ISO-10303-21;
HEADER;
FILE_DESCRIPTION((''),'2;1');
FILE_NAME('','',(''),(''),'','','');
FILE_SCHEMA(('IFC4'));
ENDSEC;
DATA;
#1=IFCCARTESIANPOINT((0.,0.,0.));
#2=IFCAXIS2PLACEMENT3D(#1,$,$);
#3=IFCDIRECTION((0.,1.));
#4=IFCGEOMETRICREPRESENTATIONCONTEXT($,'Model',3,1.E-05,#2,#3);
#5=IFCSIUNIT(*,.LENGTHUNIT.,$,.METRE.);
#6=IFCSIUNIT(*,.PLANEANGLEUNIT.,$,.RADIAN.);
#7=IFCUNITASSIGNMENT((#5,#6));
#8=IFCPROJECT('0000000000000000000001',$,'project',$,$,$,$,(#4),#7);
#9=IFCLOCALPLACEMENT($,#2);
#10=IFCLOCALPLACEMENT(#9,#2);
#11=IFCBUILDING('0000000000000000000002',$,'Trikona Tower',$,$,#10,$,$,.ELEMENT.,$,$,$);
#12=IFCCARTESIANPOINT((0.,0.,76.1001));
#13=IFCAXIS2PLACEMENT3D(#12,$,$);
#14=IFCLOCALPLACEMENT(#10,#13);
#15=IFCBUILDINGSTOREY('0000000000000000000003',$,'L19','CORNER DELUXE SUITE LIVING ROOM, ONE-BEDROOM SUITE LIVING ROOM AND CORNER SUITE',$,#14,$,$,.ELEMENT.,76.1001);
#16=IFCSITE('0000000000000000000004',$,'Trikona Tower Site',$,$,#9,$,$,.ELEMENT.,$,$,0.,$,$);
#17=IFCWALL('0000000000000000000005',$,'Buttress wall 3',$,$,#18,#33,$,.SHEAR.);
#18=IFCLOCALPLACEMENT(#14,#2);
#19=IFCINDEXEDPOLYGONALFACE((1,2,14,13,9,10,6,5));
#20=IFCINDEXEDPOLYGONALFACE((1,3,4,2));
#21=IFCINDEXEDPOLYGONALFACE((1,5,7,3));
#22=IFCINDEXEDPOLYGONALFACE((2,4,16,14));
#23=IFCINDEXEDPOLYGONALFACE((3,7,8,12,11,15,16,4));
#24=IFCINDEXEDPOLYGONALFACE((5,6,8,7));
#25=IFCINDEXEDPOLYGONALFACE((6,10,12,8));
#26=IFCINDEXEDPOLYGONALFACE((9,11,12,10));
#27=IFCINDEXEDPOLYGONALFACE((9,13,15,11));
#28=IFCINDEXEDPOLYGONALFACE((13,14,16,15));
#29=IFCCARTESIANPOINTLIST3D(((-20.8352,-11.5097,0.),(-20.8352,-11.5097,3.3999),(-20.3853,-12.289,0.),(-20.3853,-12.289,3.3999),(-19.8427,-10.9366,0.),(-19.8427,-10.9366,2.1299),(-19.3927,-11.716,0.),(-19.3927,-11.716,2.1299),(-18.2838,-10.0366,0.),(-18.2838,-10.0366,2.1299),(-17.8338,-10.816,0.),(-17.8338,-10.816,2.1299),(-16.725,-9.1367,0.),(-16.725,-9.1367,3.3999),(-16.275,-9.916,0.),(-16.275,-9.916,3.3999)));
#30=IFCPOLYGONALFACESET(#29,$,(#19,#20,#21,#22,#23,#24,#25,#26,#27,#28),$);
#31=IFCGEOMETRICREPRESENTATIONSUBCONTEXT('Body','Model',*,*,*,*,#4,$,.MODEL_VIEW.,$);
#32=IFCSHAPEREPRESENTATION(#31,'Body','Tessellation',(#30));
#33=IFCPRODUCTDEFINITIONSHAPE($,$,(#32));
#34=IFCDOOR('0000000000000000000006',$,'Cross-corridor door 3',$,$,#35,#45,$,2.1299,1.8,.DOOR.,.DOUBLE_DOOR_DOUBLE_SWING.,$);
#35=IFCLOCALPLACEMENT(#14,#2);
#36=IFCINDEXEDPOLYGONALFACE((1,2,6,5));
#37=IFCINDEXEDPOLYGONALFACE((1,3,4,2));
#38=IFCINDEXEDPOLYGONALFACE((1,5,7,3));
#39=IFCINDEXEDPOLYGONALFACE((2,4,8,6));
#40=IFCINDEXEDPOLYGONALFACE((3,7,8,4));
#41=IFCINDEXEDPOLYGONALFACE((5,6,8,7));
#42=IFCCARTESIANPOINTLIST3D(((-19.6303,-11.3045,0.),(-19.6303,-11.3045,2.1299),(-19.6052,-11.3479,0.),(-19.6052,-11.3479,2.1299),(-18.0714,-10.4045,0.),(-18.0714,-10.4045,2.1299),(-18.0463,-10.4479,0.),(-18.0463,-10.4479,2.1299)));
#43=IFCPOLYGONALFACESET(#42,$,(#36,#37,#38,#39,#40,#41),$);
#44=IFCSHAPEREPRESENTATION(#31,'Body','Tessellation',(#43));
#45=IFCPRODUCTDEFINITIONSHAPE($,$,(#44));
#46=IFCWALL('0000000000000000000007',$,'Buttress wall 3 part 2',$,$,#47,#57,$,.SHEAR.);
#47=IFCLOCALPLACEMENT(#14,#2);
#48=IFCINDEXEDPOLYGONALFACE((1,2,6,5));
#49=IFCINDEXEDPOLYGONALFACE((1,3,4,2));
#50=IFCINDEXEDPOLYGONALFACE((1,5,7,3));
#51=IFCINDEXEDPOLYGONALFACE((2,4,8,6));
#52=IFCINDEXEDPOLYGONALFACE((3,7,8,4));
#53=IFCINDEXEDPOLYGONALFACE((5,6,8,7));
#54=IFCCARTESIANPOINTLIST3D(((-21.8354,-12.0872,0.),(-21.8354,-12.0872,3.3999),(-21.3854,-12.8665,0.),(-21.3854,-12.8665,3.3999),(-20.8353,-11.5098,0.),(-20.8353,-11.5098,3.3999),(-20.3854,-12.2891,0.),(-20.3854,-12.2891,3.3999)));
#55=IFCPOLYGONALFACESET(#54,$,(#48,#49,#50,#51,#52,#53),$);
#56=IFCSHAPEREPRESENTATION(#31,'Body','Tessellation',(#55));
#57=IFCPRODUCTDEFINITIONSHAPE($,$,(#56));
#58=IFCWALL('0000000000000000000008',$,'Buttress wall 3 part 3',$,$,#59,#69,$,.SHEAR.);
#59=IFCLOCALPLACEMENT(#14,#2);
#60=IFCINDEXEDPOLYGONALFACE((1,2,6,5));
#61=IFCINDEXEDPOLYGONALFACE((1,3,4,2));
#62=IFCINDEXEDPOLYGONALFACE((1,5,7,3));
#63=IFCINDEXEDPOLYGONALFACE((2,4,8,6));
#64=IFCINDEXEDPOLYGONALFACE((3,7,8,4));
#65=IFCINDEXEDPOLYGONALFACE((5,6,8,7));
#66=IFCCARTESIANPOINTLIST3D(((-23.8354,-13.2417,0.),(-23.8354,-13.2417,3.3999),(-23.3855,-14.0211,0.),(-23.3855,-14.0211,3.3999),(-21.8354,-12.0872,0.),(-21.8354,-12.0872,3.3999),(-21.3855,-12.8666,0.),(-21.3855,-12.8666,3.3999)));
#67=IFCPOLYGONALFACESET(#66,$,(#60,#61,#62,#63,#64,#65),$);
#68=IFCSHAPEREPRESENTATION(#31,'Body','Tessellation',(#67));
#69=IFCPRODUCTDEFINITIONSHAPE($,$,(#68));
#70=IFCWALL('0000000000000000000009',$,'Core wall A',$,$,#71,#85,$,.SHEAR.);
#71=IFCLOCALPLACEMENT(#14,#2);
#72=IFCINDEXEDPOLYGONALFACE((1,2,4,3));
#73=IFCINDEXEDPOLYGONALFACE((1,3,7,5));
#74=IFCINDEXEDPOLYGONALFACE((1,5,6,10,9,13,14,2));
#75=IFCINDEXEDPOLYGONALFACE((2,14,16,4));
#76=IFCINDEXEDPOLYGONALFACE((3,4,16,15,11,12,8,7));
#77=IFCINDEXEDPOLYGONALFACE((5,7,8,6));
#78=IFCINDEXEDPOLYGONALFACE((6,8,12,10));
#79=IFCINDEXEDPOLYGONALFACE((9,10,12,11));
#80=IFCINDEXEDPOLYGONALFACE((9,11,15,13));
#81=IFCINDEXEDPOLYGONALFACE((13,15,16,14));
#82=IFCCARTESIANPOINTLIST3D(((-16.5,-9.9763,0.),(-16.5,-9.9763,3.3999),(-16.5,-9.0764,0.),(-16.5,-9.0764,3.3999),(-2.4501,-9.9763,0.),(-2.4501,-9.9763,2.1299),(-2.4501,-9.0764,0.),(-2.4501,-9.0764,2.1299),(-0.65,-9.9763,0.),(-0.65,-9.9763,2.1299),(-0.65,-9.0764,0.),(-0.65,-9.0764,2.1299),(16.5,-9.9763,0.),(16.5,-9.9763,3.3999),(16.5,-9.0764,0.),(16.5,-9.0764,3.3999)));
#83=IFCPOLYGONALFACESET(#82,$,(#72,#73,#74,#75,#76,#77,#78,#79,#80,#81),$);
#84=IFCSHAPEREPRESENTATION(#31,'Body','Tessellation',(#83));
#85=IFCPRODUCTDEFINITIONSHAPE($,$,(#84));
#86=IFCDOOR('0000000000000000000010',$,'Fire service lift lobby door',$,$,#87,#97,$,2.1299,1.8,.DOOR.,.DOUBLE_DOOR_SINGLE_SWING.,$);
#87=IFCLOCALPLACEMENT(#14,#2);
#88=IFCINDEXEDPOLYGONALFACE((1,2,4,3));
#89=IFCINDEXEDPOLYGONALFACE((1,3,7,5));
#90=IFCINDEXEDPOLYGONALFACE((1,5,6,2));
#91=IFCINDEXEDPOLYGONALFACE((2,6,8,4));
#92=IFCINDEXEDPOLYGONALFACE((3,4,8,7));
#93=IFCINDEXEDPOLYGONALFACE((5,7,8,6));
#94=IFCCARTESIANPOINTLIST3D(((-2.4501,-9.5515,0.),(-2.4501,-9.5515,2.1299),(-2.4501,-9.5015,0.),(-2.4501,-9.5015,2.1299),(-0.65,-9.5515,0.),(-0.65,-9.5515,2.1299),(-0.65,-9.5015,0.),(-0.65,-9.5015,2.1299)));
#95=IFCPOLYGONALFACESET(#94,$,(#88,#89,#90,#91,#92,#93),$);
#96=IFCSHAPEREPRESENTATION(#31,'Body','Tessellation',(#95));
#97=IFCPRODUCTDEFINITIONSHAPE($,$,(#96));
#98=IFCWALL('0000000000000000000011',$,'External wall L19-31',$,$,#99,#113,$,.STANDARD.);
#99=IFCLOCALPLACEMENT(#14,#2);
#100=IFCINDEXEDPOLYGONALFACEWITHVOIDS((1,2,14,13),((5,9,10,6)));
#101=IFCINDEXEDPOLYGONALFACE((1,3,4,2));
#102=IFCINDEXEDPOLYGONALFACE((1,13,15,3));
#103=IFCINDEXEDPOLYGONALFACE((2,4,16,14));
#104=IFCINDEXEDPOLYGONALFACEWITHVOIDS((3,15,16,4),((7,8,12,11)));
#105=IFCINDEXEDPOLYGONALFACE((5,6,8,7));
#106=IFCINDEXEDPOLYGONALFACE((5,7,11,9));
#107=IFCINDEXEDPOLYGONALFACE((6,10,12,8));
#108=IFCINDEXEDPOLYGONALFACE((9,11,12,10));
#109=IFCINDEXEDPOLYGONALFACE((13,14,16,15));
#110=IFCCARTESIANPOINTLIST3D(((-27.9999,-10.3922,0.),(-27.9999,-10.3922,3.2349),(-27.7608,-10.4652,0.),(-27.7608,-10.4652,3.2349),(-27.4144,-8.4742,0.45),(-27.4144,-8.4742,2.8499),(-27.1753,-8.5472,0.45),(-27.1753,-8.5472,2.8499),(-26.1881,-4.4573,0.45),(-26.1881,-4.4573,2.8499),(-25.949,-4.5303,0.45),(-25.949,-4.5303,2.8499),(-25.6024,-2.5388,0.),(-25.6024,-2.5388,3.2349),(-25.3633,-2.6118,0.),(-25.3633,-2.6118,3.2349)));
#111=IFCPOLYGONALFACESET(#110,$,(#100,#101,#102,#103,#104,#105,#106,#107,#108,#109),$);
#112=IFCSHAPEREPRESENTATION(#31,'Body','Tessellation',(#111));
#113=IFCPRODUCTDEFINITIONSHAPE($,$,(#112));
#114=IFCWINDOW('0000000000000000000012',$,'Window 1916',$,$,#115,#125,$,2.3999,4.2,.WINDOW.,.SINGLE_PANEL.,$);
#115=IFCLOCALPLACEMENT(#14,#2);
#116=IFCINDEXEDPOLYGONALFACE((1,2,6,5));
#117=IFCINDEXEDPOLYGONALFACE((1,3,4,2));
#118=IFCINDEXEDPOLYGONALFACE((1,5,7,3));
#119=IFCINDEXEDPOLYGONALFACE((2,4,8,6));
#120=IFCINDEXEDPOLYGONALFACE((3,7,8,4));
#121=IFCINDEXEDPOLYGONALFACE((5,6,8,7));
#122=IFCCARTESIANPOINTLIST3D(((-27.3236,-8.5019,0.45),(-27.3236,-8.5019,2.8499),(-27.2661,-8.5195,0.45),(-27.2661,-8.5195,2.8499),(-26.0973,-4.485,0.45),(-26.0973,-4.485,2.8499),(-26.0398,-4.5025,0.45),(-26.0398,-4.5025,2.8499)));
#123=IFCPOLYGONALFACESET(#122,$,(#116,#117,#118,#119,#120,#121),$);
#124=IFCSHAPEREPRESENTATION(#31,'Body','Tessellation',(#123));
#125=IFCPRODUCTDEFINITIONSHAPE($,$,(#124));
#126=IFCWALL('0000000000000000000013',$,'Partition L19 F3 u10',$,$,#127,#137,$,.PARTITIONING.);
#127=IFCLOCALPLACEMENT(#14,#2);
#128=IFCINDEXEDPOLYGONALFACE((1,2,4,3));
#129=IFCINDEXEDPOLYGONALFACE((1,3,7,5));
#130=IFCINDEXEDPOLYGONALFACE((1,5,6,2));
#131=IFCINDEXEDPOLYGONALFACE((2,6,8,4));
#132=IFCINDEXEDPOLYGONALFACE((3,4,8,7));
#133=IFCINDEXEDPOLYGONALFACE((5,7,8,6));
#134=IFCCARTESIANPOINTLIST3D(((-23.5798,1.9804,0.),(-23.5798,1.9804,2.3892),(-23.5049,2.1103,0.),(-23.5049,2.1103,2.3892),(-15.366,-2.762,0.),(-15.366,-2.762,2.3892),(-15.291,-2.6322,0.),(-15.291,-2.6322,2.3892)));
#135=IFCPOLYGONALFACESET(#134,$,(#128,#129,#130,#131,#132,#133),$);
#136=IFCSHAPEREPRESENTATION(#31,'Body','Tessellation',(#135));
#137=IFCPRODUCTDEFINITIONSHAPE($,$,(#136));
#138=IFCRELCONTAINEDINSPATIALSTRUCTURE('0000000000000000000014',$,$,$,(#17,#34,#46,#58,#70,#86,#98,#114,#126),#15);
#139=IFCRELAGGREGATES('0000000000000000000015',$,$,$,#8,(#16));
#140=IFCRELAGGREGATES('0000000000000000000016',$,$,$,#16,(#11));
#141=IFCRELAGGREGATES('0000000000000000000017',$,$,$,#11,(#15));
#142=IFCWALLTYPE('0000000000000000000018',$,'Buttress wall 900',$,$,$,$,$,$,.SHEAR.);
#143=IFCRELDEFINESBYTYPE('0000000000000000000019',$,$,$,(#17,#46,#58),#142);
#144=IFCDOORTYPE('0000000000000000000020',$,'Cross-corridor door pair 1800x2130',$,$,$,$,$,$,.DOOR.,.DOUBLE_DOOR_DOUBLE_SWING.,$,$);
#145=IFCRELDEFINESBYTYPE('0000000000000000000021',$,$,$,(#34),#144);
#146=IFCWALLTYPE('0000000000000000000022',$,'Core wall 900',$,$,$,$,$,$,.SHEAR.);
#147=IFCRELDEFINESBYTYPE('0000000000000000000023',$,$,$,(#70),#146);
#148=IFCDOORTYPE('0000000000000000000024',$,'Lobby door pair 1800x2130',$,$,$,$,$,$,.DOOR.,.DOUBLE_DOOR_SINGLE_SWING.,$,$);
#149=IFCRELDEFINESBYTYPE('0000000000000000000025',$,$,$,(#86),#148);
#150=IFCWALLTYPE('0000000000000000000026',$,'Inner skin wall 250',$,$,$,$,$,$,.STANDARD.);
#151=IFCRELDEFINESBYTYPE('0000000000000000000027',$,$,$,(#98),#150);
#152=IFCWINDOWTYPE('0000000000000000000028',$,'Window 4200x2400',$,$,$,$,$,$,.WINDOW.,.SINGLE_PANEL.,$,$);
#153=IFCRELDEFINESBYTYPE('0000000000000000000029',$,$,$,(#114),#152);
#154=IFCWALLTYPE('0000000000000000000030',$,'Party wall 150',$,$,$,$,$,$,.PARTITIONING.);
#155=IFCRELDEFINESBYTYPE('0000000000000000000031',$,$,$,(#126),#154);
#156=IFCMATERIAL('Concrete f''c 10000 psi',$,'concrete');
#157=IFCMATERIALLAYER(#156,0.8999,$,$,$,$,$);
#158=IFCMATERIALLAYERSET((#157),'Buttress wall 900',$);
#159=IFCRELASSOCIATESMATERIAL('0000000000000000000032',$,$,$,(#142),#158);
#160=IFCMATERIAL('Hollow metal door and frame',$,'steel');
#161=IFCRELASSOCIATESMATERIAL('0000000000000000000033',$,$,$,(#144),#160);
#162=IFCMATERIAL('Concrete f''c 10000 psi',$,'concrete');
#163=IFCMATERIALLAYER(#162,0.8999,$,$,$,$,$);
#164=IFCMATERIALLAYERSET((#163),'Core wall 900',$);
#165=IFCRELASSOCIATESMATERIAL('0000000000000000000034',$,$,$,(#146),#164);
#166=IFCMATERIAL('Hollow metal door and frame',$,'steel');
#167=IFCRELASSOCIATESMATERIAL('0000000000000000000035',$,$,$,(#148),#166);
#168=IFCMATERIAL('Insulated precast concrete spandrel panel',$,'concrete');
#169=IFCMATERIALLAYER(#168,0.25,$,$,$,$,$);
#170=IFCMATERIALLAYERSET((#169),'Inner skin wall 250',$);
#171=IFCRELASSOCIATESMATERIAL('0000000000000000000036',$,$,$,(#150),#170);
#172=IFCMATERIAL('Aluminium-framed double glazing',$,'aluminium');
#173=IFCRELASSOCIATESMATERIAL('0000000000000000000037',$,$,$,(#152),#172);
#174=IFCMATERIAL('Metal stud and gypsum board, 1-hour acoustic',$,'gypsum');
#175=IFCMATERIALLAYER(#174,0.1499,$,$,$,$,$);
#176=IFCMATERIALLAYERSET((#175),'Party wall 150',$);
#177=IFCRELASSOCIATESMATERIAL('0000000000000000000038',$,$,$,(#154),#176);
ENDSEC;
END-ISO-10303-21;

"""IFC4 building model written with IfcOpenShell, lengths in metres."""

from ifc_helpers import new_model, si_unit, direction, frame, frame_2d, origin, place, context, subcontext, project, spatial, rectangle, extrude, material, layer, layer_set, type_object, element, fill, save


model = new_model("IFC4")

# Units and contexts
model_context = context("Model", 3, precision=1e-05, world=origin(), true_north=direction((0.0, 1.0)))
body_context = subcontext(model_context, "Body", "Model", "MODEL_VIEW")
ifc_project = project(units=[si_unit("LENGTHUNIT", "METRE"), si_unit("PLANEANGLEUNIT", "RADIAN")], contexts=[model_context])

# Site, building, storey
site_placement = place(None, origin())
site = spatial("IfcSite", under=ifc_project, at=site_placement, Name="Trikona Tower Site", CompositionType="ELEMENT", RefElevation=0.0)
building_placement = place(site_placement, origin())
building = spatial("IfcBuilding", under=site, at=building_placement, Name="Trikona Tower", CompositionType="ELEMENT")
storey_placement = place(building_placement, frame((0.0, 0.0, 76.1001)))
storey = spatial("IfcBuildingStorey", under=building, at=storey_placement, Name="L19", Description="CORNER DELUXE SUITE LIVING ROOM, ONE-BEDROOM SUITE LIVING ROOM AND CORNER SUITE", CompositionType="ELEMENT", Elevation=76.1001)

# Wall, opening, door
ifc_material_1 = material(Name="Concrete f'c 10000 psi", Category="concrete")
ifc_layer_1 = layer(ifc_material_1, 0.8999)
ifc_layer_set_1 = layer_set([ifc_layer_1], Name="Buttress wall 900")
wall_type_1 = type_object("IfcWallType", Name="Buttress wall 900", PredefinedType="SHEAR", material=ifc_layer_set_1)
wall_1_placement = place(storey_placement, frame((-16.5, -9.5264, 0.0), z_axis=(0.0, 0.0, 1.0), x_axis=(-0.866031, -0.49999, 0.0)))
wall_1 = element("IfcWall", 1, at=wall_1_placement, inside=storey, type_object=wall_type_1, Name="Buttress wall 3", PredefinedType="SHEAR", context=body_context, shape_type="SweptSolid", body=[
    extrude(rectangle(XDim=4.7461, YDim=0.8999, at=frame_2d((2.373, 0.0))), origin(), (0.0, 0.0, 1.0), 3.3999),
])
opening_1_placement = place(wall_1_placement, frame((1.8, 0.0, 0.0)))
opening_1 = element("IfcOpeningElement", 2, at=opening_1_placement, cuts=wall_1, PredefinedType="OPENING", context=body_context, shape_type="SweptSolid", body=[
    extrude(rectangle(XDim=1.8, YDim=2.1299, at=frame_2d((0.8999, 1.0649))), frame((0.0, 0.46, 0.0), z_axis=(0.0, -1.0, 0.0), x_axis=(1.0, 0.0, 0.0)), (0.0, 0.0, 1.0), 0.9199),
])
ifc_material_2 = material(Name="Hollow metal door and frame", Category="steel")
door_type_1 = type_object("IfcDoorType", Name="Cross-corridor door pair 1800x2130", OperationType="DOUBLE_DOOR_DOUBLE_SWING", PredefinedType="DOOR", material=ifc_material_2)
door_1_placement = place(opening_1_placement, origin())
door_1 = element("IfcDoor", 3, at=door_1_placement, inside=storey, type_object=door_type_1, Name="Cross-corridor door 3", OperationType="DOUBLE_DOOR_DOUBLE_SWING", OverallHeight=2.1299, OverallWidth=1.8, PredefinedType="DOOR", context=body_context, shape_type="SweptSolid", body=[
    extrude(rectangle(XDim=1.8, YDim=2.1299, at=frame_2d((0.8999, 1.0649))), frame((0.0, 0.0249, 0.0), z_axis=(0.0, -1.0, 0.0), x_axis=(1.0, 0.0, 0.0)), (0.0, 0.0, 1.0), 0.05),
])
fill(opening_1, door_1)

# Walls
wall_2_placement = place(storey_placement, frame((-20.6104, -11.8994, 0.0), z_axis=(0.0, 0.0, 1.0), x_axis=(-0.86601, -0.500027, 0.0)))
element("IfcWall", 4, at=wall_2_placement, inside=storey, type_object=wall_type_1, Name="Buttress wall 3 part 2", PredefinedType="SHEAR", context=body_context, shape_type="SweptSolid", body=[
    extrude(rectangle(XDim=1.1548, YDim=0.8999, at=frame_2d((0.5774, 0.0))), origin(), (0.0, 0.0, 1.0), 3.3999),
])
wall_3_placement = place(storey_placement, frame((-21.6104, -12.4768, 0.0), z_axis=(0.0, 0.0, 1.0), x_axis=(-0.866055, -0.499948, 0.0)))
element("IfcWall", 5, at=wall_3_placement, inside=storey, type_object=wall_type_1, Name="Buttress wall 3 part 3", PredefinedType="SHEAR", context=body_context, shape_type="SweptSolid", body=[
    extrude(rectangle(XDim=2.3093, YDim=0.8999, at=frame_2d((1.1548, 0.0))), origin(), (0.0, 0.0, 1.0), 3.3999),
])

# Wall, opening, door
ifc_material_3 = material(Name="Concrete f'c 10000 psi", Category="concrete")
ifc_layer_2 = layer(ifc_material_3, 0.8999)
ifc_layer_set_2 = layer_set([ifc_layer_2], Name="Core wall 900")
wall_type_2 = type_object("IfcWallType", Name="Core wall 900", PredefinedType="SHEAR", material=ifc_layer_set_2)
wall_4_placement = place(storey_placement, frame((-16.5, -9.5264, 0.0), z_axis=(0.0, 0.0, 1.0), x_axis=(1.0, 0.0, 0.0)))
wall_4 = element("IfcWall", 6, at=wall_4_placement, inside=storey, type_object=wall_type_2, Name="Core wall A", PredefinedType="SHEAR", context=body_context, shape_type="SweptSolid", body=[
    extrude(rectangle(XDim=33.0, YDim=0.8999, at=frame_2d((16.5, 0.0))), origin(), (0.0, 0.0, 1.0), 3.3999),
])
opening_2_placement = place(wall_4_placement, frame((14.05, 0.0, 0.0)))
opening_2 = element("IfcOpeningElement", 7, at=opening_2_placement, cuts=wall_4, PredefinedType="OPENING", context=body_context, shape_type="SweptSolid", body=[
    extrude(rectangle(XDim=1.8, YDim=2.1299, at=frame_2d((0.8999, 1.0649))), frame((0.0, 0.46, 0.0), z_axis=(0.0, -1.0, 0.0), x_axis=(1.0, 0.0, 0.0)), (0.0, 0.0, 1.0), 0.9199),
])
ifc_material_4 = material(Name="Hollow metal door and frame", Category="steel")
door_type_2 = type_object("IfcDoorType", Name="Lobby door pair 1800x2130", OperationType="DOUBLE_DOOR_SINGLE_SWING", PredefinedType="DOOR", material=ifc_material_4)
door_2_placement = place(opening_2_placement, origin())
door_2 = element("IfcDoor", 8, at=door_2_placement, inside=storey, type_object=door_type_2, Name="Fire service lift lobby door", OperationType="DOUBLE_DOOR_SINGLE_SWING", OverallHeight=2.1299, OverallWidth=1.8, PredefinedType="DOOR", context=body_context, shape_type="SweptSolid", body=[
    extrude(rectangle(XDim=1.8, YDim=2.1299, at=frame_2d((0.8999, 1.0649))), frame((0.0, 0.0249, 0.0), z_axis=(0.0, -1.0, 0.0), x_axis=(1.0, 0.0, 0.0)), (0.0, 0.0, 1.0), 0.05),
])
fill(opening_2, door_2)

# Wall, opening, window
ifc_material_5 = material(Name="Insulated precast concrete spandrel panel", Category="concrete")
ifc_layer_3 = layer(ifc_material_5, 0.25)
ifc_layer_set_3 = layer_set([ifc_layer_3], Name="Inner skin wall 250")
wall_type_3 = type_object("IfcWallType", Name="Inner skin wall 250", PredefinedType="STANDARD", material=ifc_layer_set_3)
wall_5_placement = place(storey_placement, frame((-25.4829, -2.5754, 0.0), z_axis=(0.0, 0.0, 1.0), x_axis=(-0.291979, -0.956425, 0.0)))
wall_5 = element("IfcWall", 9, at=wall_5_placement, inside=storey, type_object=wall_type_3, Name="External wall L19-31", PredefinedType="STANDARD", context=body_context, shape_type="SweptSolid", body=[
    extrude(rectangle(XDim=8.2112, YDim=0.25, at=frame_2d((4.1055, 0.0))), origin(), (0.0, 0.0, 1.0), 3.2349),
])
opening_3_placement = place(wall_5_placement, frame((2.0056, 0.0, 0.45)))
opening_3 = element("IfcOpeningElement", 10, at=opening_3_placement, cuts=wall_5, PredefinedType="OPENING", context=body_context, shape_type="SweptSolid", body=[
    extrude(rectangle(XDim=4.2, YDim=2.3999, at=frame_2d((2.1001, 1.2))), frame((0.0, 0.135, 0.0), z_axis=(0.0, -1.0, 0.0), x_axis=(1.0, 0.0, 0.0)), (0.0, 0.0, 1.0), 0.27),
])
ifc_material_6 = material(Name="Aluminium-framed double glazing", Category="aluminium")
window_type_1 = type_object("IfcWindowType", Name="Window 4200x2400", PartitioningType="SINGLE_PANEL", PredefinedType="WINDOW", material=ifc_material_6)
window_1_placement = place(opening_3_placement, origin())
window_1 = element("IfcWindow", 11, at=window_1_placement, inside=storey, type_object=window_type_1, Name="Window 1916", OverallHeight=2.3999, OverallWidth=4.2, PartitioningType="SINGLE_PANEL", PredefinedType="WINDOW", context=body_context, shape_type="SweptSolid", body=[
    extrude(rectangle(XDim=4.2, YDim=2.3999, at=frame_2d((2.1001, 1.2))), frame((0.0, 0.03, 0.0), z_axis=(0.0, -1.0, 0.0), x_axis=(1.0, 0.0, 0.0)), (0.0, 0.0, 1.0), 0.0601),
])
fill(opening_3, window_1)

# Wall
ifc_material_7 = material(Name="Metal stud and gypsum board, 1-hour acoustic", Category="gypsum")
ifc_layer_4 = layer(ifc_material_7, 0.1499)
ifc_layer_set_4 = layer_set([ifc_layer_4], Name="Party wall 150")
wall_type_4 = type_object("IfcWallType", Name="Party wall 150", PredefinedType="PARTITIONING", material=ifc_layer_set_4)
wall_6_placement = place(storey_placement, frame((-15.3286, -2.697, 0.0), z_axis=(0.0, 0.0, 1.0), x_axis=(-0.866018, 0.500012, 0.0)))
element("IfcWall", 12, at=wall_6_placement, inside=storey, type_object=wall_type_4, Name="Partition L19 F3 u10", PredefinedType="PARTITIONING", context=body_context, shape_type="SweptSolid", body=[
    extrude(rectangle(XDim=9.4846, YDim=0.1499, at=frame_2d((4.7422, 0.0))), origin(), (0.0, 0.0, 1.0), 2.3892),
])

save(model, "model.ifc")
